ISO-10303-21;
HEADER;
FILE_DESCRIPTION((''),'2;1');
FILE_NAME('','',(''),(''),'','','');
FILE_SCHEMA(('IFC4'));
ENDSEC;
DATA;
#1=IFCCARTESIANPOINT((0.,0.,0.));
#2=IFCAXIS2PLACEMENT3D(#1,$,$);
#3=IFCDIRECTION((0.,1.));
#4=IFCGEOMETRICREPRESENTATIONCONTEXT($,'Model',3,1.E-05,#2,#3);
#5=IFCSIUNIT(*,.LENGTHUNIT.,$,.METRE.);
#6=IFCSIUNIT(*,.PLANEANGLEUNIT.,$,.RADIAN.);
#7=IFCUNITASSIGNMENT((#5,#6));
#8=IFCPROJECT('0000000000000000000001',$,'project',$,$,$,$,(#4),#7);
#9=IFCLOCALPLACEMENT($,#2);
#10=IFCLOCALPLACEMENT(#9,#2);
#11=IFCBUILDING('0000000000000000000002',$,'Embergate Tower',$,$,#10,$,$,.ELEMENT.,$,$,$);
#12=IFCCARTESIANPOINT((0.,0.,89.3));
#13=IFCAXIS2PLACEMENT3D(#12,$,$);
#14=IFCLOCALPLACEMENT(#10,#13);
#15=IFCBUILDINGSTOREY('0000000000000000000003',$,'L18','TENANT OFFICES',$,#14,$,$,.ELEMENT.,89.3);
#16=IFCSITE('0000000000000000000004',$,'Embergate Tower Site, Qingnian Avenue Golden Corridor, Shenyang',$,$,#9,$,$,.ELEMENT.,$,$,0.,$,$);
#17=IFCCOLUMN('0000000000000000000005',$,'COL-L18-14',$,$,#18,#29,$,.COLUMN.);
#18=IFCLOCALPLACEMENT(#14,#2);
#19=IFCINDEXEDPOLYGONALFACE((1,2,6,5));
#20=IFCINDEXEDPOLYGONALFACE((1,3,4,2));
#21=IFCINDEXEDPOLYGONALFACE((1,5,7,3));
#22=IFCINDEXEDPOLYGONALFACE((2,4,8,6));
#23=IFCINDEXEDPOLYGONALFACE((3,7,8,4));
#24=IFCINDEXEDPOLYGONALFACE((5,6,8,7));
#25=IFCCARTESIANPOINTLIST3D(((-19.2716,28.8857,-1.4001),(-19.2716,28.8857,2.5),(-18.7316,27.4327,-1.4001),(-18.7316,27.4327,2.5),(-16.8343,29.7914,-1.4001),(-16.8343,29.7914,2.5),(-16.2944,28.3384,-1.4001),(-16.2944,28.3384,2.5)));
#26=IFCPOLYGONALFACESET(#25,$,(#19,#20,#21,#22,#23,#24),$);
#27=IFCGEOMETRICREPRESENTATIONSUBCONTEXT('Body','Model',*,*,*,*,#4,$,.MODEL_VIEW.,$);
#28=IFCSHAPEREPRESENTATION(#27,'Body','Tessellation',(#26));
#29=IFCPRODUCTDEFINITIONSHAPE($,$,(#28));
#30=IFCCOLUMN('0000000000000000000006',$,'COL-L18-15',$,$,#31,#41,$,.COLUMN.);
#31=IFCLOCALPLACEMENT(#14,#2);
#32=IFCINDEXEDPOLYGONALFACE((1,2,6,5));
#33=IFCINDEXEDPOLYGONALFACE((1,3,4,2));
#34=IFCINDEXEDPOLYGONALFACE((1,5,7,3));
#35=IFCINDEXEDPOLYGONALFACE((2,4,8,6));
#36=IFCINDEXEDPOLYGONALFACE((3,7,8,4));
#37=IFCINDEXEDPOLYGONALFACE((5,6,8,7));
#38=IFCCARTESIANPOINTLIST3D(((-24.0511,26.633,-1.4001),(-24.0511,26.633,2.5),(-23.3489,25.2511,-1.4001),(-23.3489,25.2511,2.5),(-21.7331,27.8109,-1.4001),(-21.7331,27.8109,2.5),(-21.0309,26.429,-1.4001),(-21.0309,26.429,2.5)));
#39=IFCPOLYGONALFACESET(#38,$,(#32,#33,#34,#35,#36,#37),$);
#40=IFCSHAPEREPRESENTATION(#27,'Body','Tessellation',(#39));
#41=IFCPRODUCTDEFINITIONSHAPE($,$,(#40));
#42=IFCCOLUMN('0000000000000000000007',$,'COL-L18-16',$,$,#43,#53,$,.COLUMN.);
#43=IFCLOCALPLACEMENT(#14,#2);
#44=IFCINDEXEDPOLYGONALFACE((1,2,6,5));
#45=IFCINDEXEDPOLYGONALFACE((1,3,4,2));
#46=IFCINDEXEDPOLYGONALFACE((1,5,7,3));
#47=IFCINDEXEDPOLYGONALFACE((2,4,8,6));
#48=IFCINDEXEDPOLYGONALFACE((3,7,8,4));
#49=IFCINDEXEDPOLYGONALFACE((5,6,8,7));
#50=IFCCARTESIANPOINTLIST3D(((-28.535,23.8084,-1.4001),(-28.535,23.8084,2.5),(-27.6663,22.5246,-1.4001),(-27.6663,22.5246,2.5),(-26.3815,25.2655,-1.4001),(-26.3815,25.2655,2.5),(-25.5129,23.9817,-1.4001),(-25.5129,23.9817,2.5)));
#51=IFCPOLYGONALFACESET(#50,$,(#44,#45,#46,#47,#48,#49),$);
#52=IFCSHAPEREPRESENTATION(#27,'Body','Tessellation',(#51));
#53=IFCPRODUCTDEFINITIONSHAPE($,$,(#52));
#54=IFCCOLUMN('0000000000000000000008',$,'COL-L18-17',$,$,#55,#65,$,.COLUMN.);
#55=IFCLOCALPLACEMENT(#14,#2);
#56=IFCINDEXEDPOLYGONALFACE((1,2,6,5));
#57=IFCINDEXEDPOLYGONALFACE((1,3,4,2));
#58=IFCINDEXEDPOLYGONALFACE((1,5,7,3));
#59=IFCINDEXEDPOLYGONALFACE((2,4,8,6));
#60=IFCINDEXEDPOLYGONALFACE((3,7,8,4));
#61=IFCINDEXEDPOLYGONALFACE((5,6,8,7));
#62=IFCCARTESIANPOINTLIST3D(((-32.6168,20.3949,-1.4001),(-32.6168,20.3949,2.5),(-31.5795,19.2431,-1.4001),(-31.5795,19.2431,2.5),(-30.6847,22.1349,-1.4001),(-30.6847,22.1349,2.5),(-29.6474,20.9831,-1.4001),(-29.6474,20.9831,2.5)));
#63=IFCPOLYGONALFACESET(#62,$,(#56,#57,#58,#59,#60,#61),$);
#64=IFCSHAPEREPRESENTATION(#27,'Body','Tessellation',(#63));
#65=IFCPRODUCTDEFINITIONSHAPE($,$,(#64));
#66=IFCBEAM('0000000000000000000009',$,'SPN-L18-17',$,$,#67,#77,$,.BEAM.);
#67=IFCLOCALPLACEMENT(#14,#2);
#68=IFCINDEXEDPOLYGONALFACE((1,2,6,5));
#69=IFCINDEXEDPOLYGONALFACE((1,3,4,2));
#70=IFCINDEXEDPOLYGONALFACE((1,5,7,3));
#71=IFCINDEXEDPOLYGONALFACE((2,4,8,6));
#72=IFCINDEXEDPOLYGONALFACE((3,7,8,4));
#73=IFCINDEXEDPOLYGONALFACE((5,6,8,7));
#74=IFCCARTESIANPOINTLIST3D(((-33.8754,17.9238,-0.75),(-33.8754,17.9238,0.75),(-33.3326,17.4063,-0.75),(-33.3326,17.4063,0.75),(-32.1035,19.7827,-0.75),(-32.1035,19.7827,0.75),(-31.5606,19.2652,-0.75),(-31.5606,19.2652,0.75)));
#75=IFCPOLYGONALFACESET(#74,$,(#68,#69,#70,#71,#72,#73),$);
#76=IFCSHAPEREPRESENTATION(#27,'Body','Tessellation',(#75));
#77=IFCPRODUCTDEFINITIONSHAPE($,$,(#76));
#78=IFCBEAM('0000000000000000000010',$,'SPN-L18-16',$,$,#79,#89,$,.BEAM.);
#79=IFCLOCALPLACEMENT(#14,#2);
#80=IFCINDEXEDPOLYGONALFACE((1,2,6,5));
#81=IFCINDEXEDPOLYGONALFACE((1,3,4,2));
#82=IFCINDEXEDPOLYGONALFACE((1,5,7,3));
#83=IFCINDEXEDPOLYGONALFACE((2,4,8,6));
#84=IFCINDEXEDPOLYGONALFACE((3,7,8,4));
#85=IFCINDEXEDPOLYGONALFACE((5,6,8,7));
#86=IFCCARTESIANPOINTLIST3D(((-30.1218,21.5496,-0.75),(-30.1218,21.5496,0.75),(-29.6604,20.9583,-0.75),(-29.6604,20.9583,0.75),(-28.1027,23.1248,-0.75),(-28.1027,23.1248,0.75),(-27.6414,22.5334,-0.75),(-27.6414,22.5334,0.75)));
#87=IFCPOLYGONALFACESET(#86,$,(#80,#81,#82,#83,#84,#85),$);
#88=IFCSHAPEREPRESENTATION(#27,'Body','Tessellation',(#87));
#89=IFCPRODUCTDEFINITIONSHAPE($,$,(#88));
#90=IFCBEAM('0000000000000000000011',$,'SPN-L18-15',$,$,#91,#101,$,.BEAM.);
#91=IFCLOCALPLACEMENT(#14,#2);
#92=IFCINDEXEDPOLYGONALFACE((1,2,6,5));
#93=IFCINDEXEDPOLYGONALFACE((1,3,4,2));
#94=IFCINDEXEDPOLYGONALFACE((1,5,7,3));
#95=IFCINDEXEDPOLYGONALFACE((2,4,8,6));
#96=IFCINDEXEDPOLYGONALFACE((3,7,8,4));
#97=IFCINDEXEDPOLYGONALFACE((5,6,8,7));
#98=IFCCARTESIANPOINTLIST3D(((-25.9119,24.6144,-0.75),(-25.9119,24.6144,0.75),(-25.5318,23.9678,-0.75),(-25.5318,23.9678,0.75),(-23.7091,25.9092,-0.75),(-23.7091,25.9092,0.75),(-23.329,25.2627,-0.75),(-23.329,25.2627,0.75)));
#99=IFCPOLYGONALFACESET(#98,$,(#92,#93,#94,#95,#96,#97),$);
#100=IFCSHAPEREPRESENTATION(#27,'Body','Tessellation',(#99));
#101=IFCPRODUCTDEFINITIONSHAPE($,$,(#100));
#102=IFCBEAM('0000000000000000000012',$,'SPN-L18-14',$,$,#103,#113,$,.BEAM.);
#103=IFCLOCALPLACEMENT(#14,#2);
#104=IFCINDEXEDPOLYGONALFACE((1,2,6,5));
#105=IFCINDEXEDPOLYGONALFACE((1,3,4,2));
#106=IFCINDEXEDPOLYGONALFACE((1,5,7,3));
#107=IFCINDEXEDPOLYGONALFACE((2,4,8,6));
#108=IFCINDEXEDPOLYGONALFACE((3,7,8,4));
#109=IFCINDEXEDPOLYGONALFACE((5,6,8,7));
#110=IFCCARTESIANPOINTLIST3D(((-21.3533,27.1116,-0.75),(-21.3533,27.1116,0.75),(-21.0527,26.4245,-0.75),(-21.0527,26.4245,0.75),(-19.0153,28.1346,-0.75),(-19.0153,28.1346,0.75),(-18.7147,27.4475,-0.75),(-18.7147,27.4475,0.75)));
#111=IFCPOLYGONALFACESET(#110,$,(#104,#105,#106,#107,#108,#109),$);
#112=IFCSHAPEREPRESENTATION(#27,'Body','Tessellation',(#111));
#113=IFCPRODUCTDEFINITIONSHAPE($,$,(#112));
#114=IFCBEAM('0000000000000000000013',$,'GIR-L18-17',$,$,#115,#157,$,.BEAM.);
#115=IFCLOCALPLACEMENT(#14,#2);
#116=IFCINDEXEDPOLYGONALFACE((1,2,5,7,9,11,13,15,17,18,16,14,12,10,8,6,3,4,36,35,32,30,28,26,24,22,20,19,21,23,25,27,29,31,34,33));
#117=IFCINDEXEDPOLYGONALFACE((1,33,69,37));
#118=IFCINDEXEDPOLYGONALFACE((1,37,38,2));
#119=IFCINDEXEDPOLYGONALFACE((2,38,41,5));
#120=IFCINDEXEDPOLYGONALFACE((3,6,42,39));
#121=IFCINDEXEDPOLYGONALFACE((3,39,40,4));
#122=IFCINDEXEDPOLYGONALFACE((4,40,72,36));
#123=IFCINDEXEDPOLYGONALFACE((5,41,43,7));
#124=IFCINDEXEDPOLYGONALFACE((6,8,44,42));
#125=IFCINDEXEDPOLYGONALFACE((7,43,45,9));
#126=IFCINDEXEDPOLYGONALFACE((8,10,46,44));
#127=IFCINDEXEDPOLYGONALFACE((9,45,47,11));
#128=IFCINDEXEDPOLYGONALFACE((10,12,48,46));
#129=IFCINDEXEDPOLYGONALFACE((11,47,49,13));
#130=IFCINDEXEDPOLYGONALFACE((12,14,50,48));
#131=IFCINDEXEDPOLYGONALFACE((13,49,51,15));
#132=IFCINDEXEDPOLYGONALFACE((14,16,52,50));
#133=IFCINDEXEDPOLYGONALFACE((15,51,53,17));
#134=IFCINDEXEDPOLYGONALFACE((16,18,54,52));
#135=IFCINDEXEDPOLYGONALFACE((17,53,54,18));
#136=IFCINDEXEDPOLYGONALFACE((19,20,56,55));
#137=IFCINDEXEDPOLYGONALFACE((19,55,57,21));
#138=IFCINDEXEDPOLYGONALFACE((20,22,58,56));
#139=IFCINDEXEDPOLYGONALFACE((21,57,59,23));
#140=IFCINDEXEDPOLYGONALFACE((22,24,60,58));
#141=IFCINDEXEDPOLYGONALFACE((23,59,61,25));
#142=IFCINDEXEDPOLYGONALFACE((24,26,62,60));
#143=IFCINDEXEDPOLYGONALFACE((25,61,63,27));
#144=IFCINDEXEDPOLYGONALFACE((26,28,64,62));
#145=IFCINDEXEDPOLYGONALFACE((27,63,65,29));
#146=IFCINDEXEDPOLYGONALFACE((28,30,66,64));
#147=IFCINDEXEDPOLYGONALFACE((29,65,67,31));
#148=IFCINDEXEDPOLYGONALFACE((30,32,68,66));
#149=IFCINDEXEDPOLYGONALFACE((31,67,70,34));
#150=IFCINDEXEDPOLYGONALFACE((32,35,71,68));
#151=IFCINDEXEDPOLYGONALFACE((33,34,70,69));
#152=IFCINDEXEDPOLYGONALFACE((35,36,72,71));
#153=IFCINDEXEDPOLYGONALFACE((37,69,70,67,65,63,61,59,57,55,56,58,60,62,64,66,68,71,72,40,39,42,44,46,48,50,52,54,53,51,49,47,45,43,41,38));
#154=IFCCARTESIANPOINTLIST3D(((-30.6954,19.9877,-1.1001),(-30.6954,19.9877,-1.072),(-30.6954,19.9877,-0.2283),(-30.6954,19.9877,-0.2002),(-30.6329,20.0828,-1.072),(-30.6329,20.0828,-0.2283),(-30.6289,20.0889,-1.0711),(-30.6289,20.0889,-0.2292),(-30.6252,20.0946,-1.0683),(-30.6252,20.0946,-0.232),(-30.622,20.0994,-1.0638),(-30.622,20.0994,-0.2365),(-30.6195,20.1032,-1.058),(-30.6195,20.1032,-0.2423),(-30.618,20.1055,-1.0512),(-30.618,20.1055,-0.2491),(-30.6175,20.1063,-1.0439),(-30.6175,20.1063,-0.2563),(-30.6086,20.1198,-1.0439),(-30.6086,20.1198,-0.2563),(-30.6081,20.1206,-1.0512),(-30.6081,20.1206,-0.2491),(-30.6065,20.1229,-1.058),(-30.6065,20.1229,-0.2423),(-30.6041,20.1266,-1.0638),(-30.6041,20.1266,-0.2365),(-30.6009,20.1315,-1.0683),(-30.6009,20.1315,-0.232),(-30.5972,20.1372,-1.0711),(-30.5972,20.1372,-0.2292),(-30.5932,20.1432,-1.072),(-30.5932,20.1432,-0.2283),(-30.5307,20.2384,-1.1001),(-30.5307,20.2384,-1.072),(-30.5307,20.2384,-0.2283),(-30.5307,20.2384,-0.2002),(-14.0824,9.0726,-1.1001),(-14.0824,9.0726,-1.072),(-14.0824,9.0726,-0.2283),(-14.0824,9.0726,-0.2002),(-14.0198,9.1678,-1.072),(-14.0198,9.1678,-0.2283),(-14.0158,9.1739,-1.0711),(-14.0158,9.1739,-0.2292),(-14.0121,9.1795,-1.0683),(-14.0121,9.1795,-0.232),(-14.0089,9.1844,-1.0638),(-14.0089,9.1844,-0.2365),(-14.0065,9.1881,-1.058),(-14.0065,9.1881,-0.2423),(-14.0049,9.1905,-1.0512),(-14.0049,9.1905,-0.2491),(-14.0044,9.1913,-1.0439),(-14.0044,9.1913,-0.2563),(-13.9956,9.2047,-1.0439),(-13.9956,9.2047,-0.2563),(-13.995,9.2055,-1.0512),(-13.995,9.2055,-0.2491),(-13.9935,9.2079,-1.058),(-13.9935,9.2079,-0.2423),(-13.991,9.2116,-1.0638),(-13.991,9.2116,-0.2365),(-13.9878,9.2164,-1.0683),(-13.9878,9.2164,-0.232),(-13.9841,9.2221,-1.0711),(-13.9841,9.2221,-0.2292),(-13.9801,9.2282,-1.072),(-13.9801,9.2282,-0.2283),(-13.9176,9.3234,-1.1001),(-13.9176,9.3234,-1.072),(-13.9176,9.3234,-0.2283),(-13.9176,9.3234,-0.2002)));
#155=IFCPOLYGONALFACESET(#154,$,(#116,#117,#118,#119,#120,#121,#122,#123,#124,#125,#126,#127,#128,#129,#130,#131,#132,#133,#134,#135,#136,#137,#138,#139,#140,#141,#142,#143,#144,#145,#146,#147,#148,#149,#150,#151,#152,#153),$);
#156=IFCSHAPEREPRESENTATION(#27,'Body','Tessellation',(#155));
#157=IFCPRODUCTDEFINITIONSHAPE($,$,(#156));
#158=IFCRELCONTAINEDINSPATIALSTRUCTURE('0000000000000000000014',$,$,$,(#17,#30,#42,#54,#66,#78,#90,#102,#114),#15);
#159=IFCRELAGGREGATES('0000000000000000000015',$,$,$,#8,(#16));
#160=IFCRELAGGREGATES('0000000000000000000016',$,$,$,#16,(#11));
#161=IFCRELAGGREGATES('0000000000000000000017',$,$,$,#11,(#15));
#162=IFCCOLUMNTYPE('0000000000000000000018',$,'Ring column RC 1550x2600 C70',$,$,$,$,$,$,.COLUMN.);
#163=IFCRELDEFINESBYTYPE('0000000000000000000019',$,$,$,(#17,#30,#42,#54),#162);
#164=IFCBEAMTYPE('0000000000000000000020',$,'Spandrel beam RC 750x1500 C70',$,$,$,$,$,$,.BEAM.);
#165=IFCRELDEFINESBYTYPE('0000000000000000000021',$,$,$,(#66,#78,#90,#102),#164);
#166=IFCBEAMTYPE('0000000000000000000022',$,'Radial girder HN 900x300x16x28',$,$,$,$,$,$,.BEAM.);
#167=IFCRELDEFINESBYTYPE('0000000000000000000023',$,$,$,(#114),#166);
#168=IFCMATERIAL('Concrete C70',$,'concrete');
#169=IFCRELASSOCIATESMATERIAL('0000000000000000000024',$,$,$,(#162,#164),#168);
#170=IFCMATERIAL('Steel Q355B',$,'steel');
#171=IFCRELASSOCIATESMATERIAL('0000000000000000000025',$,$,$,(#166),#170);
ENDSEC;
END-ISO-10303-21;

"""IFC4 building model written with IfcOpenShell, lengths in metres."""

from ifc_helpers import new_model, si_unit, direction, frame, origin, origin_2d, place, context, subcontext, project, spatial, rectangle, i_section, extrude, source, transform, mapped, material, material_profile, profile_set, type_object, element, save


model = new_model("IFC4")

# Units and contexts
model_context = context("Model", 3, precision=1e-05, world=origin(), true_north=direction((0.0, 1.0)))
body_context = subcontext(model_context, "Body", "Model", "MODEL_VIEW")
ifc_project = project(units=[si_unit("LENGTHUNIT", "METRE"), si_unit("PLANEANGLEUNIT", "RADIAN")], contexts=[model_context])

# Site, building, storey
site_placement = place(None, origin())
site = spatial("IfcSite", under=ifc_project, at=site_placement, Name="Embergate Tower Site, Qingnian Avenue Golden Corridor, Shenyang", CompositionType="ELEMENT", RefElevation=0.0)
building_placement = place(site_placement, origin())
building = spatial("IfcBuilding", under=site, at=building_placement, Name="Embergate Tower", CompositionType="ELEMENT")
storey_placement = place(building_placement, frame((0.0, 0.0, 89.3)))
storey = spatial("IfcBuildingStorey", under=building, at=storey_placement, Name="L18", Description="TENANT OFFICES", CompositionType="ELEMENT", Elevation=89.3)

# Columns
ifc_material_1 = material(Name="Concrete C70", Category="concrete")
ifc_material_profile_1 = material_profile(ifc_material_1, rectangle(XDim=1.55, YDim=2.6001, at=origin_2d()), Name="RC 1550x2600")
ifc_profile_set_1 = profile_set([ifc_material_profile_1], Name="Concrete C70")
column_type = type_object("IfcColumnType", Name="Ring column RC 1550x2600 C70", PredefinedType="COLUMN", material=ifc_profile_set_1)
shared_shape_1 = source(origin(), body_context, "Body", "SweptSolid", [
    extrude(rectangle(XDim=1.55, YDim=2.6001, at=origin_2d()), origin(), (0.0, 0.0, 1.0), 3.9001),
])
for number, where, z_axis, x_axis, name in (
    (1, (-17.783, 28.6121, -1.4001), (0.0, 0.0, 1.0), (-0.348343, 0.937367, 0.0), "COL-L18-14"),
    (2, (-22.541, 26.531, -1.4001), (0.0, 0.0, 1.0), (-0.452995, 0.891513, 0.0), "COL-L18-15"),
    (3, (-27.0239, 23.895, -1.4001), (0.0, 0.0, 1.0), (-0.560393, 0.828227, 0.0), "COL-L18-16"),
    (4, (-31.1321, 20.689, -1.4001), (0.0, 0.0, 1.0), (-0.669208, 0.743075, 0.0), "COL-L18-17"),
):
    element("IfcColumn", number, at=place(storey_placement, frame(where, z_axis=z_axis, x_axis=x_axis)), inside=storey, type_object=column_type, Name=name, PredefinedType="COLUMN", context=body_context, shape_type="MappedRepresentation", body=[
        mapped(shared_shape_1, transform((0.0, 0.0, 0.0))),
    ])

# Beams
ifc_material_profile_2 = material_profile(ifc_material_1, rectangle(XDim=0.75, YDim=1.5, at=origin_2d()), Name="RC 750x1500")
ifc_profile_set_2 = profile_set([ifc_material_profile_2], Name="Concrete C70")
beam_type_1 = type_object("IfcBeamType", Name="Spandrel beam RC 750x1500 C70", PredefinedType="BEAM", material=ifc_profile_set_2)
shared_shape_2 = source(origin(), body_context, "Body", "SweptSolid", [
    extrude(rectangle(XDim=0.75, YDim=1.5, at=origin_2d()), origin(), (0.0, 0.0, 1.0), 2.5681),
])
beam_1_placement = place(storey_placement, frame((-31.832, 19.5239, 0.0), z_axis=(-0.689983, -0.723826, 0.0), x_axis=(0.723826, -0.689983, 0.0)))
element("IfcBeam", 5, at=beam_1_placement, inside=storey, type_object=beam_type_1, Name="SPN-L18-17", PredefinedType="BEAM", context=body_context, shape_type="MappedRepresentation", body=[
    mapped(shared_shape_2, transform((0.0, 0.0, 0.0))),
])
shared_shape_3 = source(origin(), body_context, "Body", "SweptSolid", [
    extrude(rectangle(XDim=0.75, YDim=1.5, at=origin_2d()), origin(), (0.0, 0.0, 1.0), 2.5608),
])
beam_2_placement = place(storey_placement, frame((-27.8721, 22.8291, 0.0), z_axis=(-0.788438, -0.615115, 0.0), x_axis=(0.615115, -0.788438, 0.0)))
element("IfcBeam", 6, at=beam_2_placement, inside=storey, type_object=beam_type_1, Name="SPN-L18-16", PredefinedType="BEAM", context=body_context, shape_type="MappedRepresentation", body=[
    mapped(shared_shape_3, transform((0.0, 0.0, 0.0))),
])
shared_shape_4 = source(origin(), body_context, "Body", "SweptSolid", [
    extrude(rectangle(XDim=0.75, YDim=1.5, at=origin_2d()), origin(), (0.0, 0.0, 1.0), 2.5552),
])
beam_3_placement = place(storey_placement, frame((-23.519, 25.5859, 0.0), z_axis=(-0.862086, -0.506761, 0.0), x_axis=(0.506761, -0.862086, 0.0)))
element("IfcBeam", 7, at=beam_3_placement, inside=storey, type_object=beam_type_1, Name="SPN-L18-15", PredefinedType="BEAM", context=body_context, shape_type="MappedRepresentation", body=[
    mapped(shared_shape_4, transform((0.0, 0.0, 0.0))),
])
shared_shape_5 = source(origin(), body_context, "Body", "SweptSolid", [
    extrude(rectangle(XDim=0.75, YDim=1.5, at=origin_2d()), origin(), (0.0, 0.0, 1.0), 2.552),
])
beam_4_placement = place(storey_placement, frame((-18.865, 27.791, 0.0), z_axis=(-0.91614, -0.400859, 0.0), x_axis=(0.400859, -0.91614, 0.0)))
element("IfcBeam", 8, at=beam_4_placement, inside=storey, type_object=beam_type_1, Name="SPN-L18-14", PredefinedType="BEAM", context=body_context, shape_type="MappedRepresentation", body=[
    mapped(shared_shape_5, transform((0.0, 0.0, 0.0))),
])
ifc_material_2 = material(Name="Steel Q355B", Category="steel")
ifc_material_profile_3 = material_profile(ifc_material_2, i_section(OverallWidth=0.3, OverallDepth=0.8999, WebThickness=0.0161, FlangeThickness=0.0281, FilletRadius=0.0281, at=origin_2d()), Name="HN 900x300x16x28")
ifc_profile_set_3 = profile_set([ifc_material_profile_3], Name="Steel Q355 grade B")
beam_type_2 = type_object("IfcBeamType", Name="Radial girder HN 900x300x16x28", PredefinedType="BEAM", material=ifc_profile_set_3)
shared_shape_6 = source(origin(), body_context, "Body", "SweptSolid", [
    extrude(i_section(OverallWidth=0.3, OverallDepth=0.8999, WebThickness=0.0161, FlangeThickness=0.0281, FilletRadius=0.0281, at=origin_2d()), origin(), (0.0, 0.0, 1.0), 19.8779),
])
beam_5_placement = place(storey_placement, frame((-30.613, 20.113, -0.6501), z_axis=(0.835754, -0.549104, 0.0), x_axis=(0.549104, 0.835754, 0.0)))
element("IfcBeam", 9, at=beam_5_placement, inside=storey, type_object=beam_type_2, Name="GIR-L18-17", PredefinedType="BEAM", context=body_context, shape_type="MappedRepresentation", body=[
    mapped(shared_shape_6, transform((0.0, 0.0, 0.0))),
])

save(model, "model.ifc")
